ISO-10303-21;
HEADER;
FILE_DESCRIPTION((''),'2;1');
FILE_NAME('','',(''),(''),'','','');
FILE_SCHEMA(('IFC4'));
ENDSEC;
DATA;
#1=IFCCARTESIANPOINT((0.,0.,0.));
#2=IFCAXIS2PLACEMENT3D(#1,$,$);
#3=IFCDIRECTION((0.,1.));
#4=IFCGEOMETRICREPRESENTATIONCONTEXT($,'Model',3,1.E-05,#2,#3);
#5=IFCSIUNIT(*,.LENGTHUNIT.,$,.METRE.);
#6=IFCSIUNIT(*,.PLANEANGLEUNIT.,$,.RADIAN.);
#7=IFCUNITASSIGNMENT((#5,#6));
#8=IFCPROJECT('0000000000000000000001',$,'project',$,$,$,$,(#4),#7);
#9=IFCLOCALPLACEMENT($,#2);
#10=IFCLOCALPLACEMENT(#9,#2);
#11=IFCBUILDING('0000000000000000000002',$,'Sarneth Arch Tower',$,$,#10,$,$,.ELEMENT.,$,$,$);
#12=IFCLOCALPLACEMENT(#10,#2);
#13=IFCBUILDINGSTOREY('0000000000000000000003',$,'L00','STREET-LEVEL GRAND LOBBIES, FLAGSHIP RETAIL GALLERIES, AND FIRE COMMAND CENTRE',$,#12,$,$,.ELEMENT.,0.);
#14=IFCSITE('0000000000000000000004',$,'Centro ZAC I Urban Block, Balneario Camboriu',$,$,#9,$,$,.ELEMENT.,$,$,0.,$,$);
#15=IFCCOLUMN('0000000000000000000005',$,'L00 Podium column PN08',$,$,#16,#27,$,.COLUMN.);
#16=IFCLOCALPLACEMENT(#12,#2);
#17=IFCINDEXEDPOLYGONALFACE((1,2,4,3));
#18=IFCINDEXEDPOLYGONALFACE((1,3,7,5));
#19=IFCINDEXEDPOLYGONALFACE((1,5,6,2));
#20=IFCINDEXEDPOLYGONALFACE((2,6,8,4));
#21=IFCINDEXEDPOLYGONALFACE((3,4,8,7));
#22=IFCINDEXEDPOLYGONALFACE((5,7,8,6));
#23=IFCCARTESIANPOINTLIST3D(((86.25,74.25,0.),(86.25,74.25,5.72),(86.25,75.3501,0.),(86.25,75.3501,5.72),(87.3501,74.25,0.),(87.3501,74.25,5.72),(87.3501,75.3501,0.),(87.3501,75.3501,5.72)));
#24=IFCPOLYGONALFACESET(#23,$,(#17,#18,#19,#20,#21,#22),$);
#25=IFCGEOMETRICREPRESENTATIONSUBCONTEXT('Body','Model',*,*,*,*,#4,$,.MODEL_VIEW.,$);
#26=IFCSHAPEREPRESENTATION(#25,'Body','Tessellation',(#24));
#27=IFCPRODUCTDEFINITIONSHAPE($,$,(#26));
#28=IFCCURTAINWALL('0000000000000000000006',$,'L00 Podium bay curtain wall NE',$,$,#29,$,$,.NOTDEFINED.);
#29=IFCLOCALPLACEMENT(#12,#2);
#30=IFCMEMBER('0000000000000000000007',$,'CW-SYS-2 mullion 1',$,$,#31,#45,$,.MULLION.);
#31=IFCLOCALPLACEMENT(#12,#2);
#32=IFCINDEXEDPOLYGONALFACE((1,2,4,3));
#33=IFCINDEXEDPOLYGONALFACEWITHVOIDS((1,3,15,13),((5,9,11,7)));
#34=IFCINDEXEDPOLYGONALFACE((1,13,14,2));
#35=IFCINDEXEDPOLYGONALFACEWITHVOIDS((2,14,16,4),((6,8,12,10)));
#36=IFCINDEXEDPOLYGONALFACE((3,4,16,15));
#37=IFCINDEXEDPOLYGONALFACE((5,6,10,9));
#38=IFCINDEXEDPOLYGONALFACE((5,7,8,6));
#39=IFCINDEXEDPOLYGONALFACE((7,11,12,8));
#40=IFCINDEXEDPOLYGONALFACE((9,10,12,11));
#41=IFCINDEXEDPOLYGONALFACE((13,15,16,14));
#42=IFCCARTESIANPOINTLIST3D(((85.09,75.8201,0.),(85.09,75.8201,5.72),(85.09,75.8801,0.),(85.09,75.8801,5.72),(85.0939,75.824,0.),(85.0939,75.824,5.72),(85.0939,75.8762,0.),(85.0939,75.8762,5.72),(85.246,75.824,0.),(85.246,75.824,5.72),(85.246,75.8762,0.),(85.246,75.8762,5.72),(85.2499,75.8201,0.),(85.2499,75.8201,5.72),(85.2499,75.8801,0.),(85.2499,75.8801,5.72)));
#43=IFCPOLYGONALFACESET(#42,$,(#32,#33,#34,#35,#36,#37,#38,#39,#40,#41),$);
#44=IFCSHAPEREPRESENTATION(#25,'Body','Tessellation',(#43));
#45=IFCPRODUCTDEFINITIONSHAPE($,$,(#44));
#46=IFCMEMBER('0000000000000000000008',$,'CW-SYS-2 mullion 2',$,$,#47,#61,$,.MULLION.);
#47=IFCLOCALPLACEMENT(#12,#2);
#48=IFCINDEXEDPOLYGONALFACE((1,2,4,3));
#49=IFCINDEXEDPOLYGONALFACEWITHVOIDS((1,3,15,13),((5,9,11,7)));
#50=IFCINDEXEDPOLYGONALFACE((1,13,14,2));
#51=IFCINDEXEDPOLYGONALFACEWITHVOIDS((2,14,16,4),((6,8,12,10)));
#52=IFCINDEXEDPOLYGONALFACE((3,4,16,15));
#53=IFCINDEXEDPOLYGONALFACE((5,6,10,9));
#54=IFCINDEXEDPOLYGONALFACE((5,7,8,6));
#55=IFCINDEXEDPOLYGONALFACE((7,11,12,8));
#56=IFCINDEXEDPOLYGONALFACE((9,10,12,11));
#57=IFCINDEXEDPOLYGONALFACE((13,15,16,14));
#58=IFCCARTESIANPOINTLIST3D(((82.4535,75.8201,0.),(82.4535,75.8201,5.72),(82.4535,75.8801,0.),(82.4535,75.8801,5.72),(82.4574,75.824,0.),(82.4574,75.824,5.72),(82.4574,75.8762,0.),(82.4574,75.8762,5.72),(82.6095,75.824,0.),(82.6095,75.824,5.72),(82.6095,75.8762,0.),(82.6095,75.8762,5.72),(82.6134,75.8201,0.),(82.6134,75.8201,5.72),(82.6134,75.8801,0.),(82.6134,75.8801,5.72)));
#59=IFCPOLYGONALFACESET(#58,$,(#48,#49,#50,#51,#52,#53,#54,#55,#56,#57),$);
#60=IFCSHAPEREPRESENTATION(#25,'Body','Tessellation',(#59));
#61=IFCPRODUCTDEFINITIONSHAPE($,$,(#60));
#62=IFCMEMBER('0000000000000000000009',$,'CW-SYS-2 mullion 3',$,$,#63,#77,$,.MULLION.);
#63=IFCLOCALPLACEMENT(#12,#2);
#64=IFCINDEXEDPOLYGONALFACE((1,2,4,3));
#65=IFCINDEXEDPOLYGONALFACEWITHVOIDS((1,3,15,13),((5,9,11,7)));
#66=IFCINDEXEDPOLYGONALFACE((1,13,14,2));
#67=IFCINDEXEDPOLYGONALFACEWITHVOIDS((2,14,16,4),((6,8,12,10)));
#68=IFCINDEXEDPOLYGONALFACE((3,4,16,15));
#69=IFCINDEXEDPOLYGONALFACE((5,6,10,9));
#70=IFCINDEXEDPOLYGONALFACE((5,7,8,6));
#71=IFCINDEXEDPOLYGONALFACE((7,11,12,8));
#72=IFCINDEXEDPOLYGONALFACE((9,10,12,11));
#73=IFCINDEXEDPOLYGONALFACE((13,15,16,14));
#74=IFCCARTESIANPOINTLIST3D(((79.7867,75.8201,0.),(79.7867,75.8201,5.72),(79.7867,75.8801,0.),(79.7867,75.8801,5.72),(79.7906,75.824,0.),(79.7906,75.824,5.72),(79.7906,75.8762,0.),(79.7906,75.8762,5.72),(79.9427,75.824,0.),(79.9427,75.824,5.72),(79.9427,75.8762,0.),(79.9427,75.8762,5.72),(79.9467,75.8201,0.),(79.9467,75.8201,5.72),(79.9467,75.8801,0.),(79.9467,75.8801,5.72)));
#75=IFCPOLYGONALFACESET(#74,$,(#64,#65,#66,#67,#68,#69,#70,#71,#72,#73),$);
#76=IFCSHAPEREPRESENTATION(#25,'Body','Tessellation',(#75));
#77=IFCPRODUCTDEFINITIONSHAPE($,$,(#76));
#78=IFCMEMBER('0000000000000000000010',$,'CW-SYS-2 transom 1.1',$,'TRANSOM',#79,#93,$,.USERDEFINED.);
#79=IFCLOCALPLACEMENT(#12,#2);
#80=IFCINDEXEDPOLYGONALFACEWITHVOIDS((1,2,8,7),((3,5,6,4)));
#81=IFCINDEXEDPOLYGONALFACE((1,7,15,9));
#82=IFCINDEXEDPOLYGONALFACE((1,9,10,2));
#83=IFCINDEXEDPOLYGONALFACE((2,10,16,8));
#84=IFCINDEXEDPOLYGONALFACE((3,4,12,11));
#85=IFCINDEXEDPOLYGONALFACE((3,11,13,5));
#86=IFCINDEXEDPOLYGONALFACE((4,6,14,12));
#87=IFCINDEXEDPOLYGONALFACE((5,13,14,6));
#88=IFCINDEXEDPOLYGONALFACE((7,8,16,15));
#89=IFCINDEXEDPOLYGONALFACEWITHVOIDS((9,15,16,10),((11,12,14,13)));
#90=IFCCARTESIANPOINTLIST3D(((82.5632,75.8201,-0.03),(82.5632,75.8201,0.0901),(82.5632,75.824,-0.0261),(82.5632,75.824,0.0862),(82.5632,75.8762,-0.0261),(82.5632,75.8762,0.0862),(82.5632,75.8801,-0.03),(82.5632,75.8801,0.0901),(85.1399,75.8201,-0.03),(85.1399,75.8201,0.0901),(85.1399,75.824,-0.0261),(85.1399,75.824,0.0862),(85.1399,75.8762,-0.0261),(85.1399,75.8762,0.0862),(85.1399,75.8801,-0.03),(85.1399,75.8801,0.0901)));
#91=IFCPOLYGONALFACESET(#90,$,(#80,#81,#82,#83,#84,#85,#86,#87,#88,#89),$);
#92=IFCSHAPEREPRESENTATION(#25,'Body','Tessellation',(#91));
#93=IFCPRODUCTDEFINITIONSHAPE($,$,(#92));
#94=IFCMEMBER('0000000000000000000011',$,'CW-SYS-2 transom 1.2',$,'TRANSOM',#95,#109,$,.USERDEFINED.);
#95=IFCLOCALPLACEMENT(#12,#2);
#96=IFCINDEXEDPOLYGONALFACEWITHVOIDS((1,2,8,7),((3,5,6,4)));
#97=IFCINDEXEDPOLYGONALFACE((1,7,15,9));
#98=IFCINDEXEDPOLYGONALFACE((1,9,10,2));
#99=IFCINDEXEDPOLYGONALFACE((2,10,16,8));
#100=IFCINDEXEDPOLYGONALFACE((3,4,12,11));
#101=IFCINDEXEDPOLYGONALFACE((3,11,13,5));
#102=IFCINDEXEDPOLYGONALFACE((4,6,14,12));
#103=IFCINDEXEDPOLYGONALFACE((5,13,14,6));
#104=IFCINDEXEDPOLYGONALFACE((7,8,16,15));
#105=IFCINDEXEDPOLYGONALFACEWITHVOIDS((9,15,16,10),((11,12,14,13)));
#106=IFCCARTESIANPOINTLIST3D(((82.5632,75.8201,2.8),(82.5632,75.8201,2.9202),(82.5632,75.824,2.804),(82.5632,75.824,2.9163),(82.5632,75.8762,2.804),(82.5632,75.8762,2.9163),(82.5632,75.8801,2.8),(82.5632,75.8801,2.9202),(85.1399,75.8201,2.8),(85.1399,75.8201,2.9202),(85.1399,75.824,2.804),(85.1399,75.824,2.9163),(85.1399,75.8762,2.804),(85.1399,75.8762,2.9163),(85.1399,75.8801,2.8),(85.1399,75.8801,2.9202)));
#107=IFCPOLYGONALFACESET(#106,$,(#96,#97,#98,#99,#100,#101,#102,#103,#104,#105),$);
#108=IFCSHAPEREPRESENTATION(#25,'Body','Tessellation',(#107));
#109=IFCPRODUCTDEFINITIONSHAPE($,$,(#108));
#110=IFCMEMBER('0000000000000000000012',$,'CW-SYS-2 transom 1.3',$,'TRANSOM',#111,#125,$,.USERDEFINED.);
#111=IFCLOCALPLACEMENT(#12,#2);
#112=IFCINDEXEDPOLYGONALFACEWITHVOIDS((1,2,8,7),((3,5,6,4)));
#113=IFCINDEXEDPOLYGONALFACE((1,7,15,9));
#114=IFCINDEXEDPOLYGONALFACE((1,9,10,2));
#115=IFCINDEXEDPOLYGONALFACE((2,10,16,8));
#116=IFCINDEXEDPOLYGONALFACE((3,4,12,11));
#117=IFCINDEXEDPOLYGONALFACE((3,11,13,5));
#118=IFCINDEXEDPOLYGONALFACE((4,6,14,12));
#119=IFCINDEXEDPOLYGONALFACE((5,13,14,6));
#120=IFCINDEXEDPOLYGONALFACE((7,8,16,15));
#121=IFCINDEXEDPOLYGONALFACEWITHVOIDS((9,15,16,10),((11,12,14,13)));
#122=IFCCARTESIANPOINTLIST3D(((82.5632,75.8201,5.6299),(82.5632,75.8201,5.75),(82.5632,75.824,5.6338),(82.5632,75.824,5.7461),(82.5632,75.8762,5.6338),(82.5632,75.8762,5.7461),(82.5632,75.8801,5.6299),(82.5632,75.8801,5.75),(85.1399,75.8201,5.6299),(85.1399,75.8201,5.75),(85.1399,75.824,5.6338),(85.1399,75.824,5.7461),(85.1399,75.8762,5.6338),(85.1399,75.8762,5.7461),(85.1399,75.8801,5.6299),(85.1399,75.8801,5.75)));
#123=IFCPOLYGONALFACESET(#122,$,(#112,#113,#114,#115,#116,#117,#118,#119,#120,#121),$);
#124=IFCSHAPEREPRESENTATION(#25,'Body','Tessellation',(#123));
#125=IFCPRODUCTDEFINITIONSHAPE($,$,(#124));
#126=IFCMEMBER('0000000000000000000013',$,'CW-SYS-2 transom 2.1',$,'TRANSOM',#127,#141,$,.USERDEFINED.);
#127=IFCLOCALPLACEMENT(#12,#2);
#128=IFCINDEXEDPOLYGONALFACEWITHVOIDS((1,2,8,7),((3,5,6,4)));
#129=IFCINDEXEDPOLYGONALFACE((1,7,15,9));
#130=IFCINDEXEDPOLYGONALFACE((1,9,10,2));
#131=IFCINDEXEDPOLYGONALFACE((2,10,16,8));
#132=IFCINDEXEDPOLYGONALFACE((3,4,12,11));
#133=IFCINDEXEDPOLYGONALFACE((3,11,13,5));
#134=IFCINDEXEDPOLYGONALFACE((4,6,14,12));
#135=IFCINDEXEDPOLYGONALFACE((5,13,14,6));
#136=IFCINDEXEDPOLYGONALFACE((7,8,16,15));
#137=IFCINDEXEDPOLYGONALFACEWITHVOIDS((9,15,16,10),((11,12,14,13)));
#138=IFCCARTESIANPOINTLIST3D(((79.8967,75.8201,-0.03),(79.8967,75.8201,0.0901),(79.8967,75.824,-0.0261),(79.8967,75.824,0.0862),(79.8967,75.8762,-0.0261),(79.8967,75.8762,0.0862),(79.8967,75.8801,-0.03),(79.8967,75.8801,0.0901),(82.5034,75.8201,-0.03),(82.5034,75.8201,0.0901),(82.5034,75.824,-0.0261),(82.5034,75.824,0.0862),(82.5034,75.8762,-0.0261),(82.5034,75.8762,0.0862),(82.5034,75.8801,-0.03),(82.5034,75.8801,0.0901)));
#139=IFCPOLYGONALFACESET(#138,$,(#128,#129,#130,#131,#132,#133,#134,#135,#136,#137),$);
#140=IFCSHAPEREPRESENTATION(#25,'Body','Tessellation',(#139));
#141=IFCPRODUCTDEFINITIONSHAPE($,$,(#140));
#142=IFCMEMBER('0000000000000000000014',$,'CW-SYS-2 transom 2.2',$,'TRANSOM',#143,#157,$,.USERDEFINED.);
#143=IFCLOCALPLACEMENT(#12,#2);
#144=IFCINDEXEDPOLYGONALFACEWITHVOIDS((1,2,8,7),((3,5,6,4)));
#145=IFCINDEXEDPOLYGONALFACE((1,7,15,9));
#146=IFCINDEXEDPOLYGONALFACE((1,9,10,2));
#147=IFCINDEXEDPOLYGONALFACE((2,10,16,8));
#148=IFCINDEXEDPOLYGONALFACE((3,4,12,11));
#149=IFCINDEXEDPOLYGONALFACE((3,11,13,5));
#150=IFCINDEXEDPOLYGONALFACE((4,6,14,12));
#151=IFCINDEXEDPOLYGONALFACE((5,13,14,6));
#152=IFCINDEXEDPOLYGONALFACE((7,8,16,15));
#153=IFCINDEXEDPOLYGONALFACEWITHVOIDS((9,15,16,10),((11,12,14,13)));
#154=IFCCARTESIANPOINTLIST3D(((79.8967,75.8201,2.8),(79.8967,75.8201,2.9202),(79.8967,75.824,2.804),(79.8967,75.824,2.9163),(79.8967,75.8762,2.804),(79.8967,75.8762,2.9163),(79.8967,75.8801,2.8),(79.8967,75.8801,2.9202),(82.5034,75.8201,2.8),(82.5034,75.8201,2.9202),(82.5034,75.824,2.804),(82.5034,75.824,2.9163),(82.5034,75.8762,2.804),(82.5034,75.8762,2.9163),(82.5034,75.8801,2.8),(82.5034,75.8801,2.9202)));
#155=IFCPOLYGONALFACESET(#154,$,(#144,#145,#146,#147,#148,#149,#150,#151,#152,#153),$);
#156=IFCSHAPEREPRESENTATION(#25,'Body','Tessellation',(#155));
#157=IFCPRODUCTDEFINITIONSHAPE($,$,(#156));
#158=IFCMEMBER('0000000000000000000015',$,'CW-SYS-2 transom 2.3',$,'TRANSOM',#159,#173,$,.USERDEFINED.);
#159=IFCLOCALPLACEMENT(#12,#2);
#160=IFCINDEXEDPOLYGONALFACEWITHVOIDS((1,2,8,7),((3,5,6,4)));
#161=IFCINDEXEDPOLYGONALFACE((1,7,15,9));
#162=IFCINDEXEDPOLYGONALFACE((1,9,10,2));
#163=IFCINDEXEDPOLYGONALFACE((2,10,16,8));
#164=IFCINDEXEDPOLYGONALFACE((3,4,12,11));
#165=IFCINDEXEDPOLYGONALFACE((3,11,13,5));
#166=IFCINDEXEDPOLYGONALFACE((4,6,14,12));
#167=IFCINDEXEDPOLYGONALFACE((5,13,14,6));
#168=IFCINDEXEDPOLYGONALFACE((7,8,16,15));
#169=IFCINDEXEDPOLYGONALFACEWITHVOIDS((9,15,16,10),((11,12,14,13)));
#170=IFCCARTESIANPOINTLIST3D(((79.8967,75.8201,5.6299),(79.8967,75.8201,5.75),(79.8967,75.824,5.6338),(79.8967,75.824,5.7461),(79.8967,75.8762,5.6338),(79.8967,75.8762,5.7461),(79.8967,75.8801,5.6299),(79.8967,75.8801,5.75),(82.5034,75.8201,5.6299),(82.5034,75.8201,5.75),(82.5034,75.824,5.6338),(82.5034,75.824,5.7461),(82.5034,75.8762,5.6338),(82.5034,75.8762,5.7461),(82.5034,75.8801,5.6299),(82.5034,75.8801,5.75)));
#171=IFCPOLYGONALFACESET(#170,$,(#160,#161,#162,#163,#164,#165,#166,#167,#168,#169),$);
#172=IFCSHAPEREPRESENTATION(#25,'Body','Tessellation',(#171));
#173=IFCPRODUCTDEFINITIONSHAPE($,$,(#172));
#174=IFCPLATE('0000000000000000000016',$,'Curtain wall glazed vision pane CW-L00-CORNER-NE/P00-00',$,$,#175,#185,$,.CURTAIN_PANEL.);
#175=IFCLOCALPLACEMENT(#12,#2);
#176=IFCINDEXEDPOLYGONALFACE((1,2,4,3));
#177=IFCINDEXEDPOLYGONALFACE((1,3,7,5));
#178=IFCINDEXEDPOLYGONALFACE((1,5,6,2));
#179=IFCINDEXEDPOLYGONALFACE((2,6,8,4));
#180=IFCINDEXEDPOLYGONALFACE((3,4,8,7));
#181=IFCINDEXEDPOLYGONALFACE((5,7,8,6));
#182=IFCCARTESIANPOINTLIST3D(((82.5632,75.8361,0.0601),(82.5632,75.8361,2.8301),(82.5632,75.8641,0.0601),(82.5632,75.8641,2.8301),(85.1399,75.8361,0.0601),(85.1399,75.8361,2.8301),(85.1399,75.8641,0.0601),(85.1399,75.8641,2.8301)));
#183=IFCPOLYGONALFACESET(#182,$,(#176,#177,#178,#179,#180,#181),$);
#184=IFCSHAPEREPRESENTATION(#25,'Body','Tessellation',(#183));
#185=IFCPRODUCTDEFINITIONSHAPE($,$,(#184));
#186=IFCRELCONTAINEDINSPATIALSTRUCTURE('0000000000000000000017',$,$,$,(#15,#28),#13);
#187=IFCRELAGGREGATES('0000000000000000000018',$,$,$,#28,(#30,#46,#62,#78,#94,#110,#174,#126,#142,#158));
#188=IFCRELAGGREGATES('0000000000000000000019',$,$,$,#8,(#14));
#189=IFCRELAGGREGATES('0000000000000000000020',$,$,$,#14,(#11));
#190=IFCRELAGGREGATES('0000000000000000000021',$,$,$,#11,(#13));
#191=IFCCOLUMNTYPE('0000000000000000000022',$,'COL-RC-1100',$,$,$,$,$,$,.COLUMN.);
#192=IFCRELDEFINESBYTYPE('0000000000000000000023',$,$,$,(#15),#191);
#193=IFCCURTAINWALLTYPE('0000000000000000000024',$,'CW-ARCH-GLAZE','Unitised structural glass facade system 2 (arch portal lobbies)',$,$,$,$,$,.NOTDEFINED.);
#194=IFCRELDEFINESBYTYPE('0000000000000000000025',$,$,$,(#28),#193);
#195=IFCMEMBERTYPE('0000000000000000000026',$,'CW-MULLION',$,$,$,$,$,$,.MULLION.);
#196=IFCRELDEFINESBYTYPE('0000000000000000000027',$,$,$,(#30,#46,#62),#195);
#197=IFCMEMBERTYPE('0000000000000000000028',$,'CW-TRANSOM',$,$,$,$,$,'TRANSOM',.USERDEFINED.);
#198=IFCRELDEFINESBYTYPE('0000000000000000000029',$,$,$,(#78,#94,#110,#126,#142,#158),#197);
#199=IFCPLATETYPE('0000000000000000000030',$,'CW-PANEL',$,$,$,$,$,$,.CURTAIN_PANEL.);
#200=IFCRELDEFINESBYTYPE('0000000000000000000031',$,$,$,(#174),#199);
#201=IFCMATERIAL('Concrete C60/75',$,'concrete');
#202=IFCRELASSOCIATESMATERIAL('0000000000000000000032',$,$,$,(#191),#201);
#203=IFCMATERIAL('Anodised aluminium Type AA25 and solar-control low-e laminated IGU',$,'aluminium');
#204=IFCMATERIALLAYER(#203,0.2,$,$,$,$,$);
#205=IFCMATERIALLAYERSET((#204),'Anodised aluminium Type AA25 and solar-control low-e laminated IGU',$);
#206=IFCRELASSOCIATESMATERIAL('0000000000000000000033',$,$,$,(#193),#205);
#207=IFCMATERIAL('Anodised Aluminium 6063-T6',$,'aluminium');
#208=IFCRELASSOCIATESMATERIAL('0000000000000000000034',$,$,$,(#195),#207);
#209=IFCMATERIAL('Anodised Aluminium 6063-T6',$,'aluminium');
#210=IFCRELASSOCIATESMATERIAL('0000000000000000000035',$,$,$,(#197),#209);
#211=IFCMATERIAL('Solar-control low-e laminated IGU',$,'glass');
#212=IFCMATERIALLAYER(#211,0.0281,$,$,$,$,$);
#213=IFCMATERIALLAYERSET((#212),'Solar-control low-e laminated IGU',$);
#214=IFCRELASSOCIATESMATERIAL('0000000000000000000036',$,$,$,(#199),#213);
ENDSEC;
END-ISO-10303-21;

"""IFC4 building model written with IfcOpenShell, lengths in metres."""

from ifc_helpers import new_model, si_unit, direction, frame, origin, origin_2d, place, context, subcontext, project, spatial, rectangle, hollow_rectangle, extrude, material, layer, layer_set, material_profile, profile_set, type_object, element, aggregate, save


model = new_model("IFC4")

# Units and contexts
model_context = context("Model", 3, precision=1e-05, world=origin(), true_north=direction((0.0, 1.0)))
body_context = subcontext(model_context, "Body", "Model", "MODEL_VIEW")
ifc_project = project(units=[si_unit("LENGTHUNIT", "METRE"), si_unit("PLANEANGLEUNIT", "RADIAN")], contexts=[model_context])

# Site, building, storey
site_placement = place(None, origin())
site = spatial("IfcSite", under=ifc_project, at=site_placement, Name="Centro ZAC I Urban Block, Balneario Camboriu", CompositionType="ELEMENT", RefElevation=0.0)
building_placement = place(site_placement, origin())
building = spatial("IfcBuilding", under=site, at=building_placement, Name="Sarneth Arch Tower", CompositionType="ELEMENT")
storey_placement = place(building_placement, origin())
storey = spatial("IfcBuildingStorey", under=building, at=storey_placement, Name="L00", Description="STREET-LEVEL GRAND LOBBIES, FLAGSHIP RETAIL GALLERIES, AND FIRE COMMAND CENTRE", CompositionType="ELEMENT", Elevation=0.0)

# Column
ifc_material_1 = material(Name="Concrete C60/75", Category="concrete")
ifc_material_profile_1 = material_profile(ifc_material_1, rectangle(XDim=1.1001, YDim=1.1001, at=origin_2d()), Name="RC-1100x1100")
ifc_profile_set_1 = profile_set([ifc_material_profile_1], Name="Concrete C60/75")
column_type = type_object("IfcColumnType", Name="COL-RC-1100", PredefinedType="COLUMN", material=ifc_profile_set_1)
column_placement = place(storey_placement, frame((86.8, 74.8, 0.0), z_axis=(0.0, 0.0, 1.0), x_axis=(1.0, 0.0, 0.0)))
element("IfcColumn", 1, at=column_placement, inside=storey, type_object=column_type, Name="L00 Podium column PN08", PredefinedType="COLUMN", context=body_context, shape_type="SweptSolid", body=[
    extrude(rectangle(XDim=1.1001, YDim=1.1001, at=origin_2d()), origin(), (0.0, 0.0, 1.0), 5.72),
])

# Curtain wall, members, plate
ifc_material_2 = material(Name="Anodised aluminium Type AA25 and solar-control low-e laminated IGU", Category="aluminium")
ifc_layer_1 = layer(ifc_material_2, 0.2)
ifc_layer_set_1 = layer_set([ifc_layer_1], Name="Anodised aluminium Type AA25 and solar-control low-e laminated IGU")
curtain_wall_type = type_object("IfcCurtainWallType", Name="CW-ARCH-GLAZE", Description="Unitised structural glass facade system 2 (arch portal lobbies)", PredefinedType="NOTDEFINED", material=ifc_layer_set_1)
curtain_wall_placement = place(storey_placement, origin())
curtain_wall = element("IfcCurtainWall", 2, at=curtain_wall_placement, inside=storey, type_object=curtain_wall_type, Name="L00 Podium bay curtain wall NE", PredefinedType="NOTDEFINED")
ifc_material_3 = material(Name="Anodised Aluminium 6063-T6", Category="aluminium")
ifc_material_profile_2 = material_profile(ifc_material_3, hollow_rectangle(XDim=0.0601, YDim=0.1599, WallThickness=0.0039, at=origin_2d()), Name="AL-MULL-160x60x4")
ifc_profile_set_2 = profile_set([ifc_material_profile_2], Name="Anodised Aluminium 6063-T6")
member_type_1 = type_object("IfcMemberType", Name="CW-MULLION", PredefinedType="MULLION", material=ifc_profile_set_2)
member_1_placement = place(storey_placement, frame((85.1699, 75.8501, 0.0), z_axis=(0.0, 0.0, 1.0), x_axis=(0.0, -1.0, 0.0)))
member_1 = element("IfcMember", 3, at=member_1_placement, type_object=member_type_1, Name="CW-SYS-2 mullion 1", PredefinedType="MULLION", context=body_context, shape_type="SweptSolid", body=[
    extrude(hollow_rectangle(XDim=0.0601, YDim=0.1599, WallThickness=0.0039, at=origin_2d()), origin(), (0.0, 0.0, 1.0), 5.72),
])
member_2_placement = place(storey_placement, frame((82.5334, 75.8501, 0.0), z_axis=(0.0, 0.0, 1.0), x_axis=(0.0, -1.0, 0.0)))
member_2 = element("IfcMember", 4, at=member_2_placement, type_object=member_type_1, Name="CW-SYS-2 mullion 2", PredefinedType="MULLION", context=body_context, shape_type="SweptSolid", body=[
    extrude(hollow_rectangle(XDim=0.0601, YDim=0.1599, WallThickness=0.0039, at=origin_2d()), origin(), (0.0, 0.0, 1.0), 5.72),
])
member_3_placement = place(storey_placement, frame((79.8667, 75.8501, 0.0), z_axis=(0.0, 0.0, 1.0), x_axis=(0.0, -1.0, 0.0)))
member_3 = element("IfcMember", 5, at=member_3_placement, type_object=member_type_1, Name="CW-SYS-2 mullion 3", PredefinedType="MULLION", context=body_context, shape_type="SweptSolid", body=[
    extrude(hollow_rectangle(XDim=0.0601, YDim=0.1599, WallThickness=0.0039, at=origin_2d()), origin(), (0.0, 0.0, 1.0), 5.72),
])
ifc_material_4 = material(Name="Anodised Aluminium 6063-T6", Category="aluminium")
ifc_material_profile_3 = material_profile(ifc_material_4, hollow_rectangle(XDim=0.0601, YDim=0.1201, WallThickness=0.0039, at=origin_2d()), Name="AL-TRAN-120x60x4")
ifc_profile_set_3 = profile_set([ifc_material_profile_3], Name="Anodised Aluminium 6063-T6")
member_type_2 = type_object("IfcMemberType", Name="CW-TRANSOM", ElementType="TRANSOM", PredefinedType="USERDEFINED", material=ifc_profile_set_3)
member_4_placement = place(storey_placement, frame((85.1399, 75.8501, 0.03), z_axis=(-1.0, 0.0, 0.0), x_axis=(0.0, -1.0, 0.0)))
member_4 = element("IfcMember", 6, at=member_4_placement, type_object=member_type_2, Name="CW-SYS-2 transom 1.1", ObjectType="TRANSOM", PredefinedType="USERDEFINED", context=body_context, shape_type="SweptSolid", body=[
    extrude(hollow_rectangle(XDim=0.0601, YDim=0.1201, WallThickness=0.0039, at=origin_2d()), origin(), (0.0, 0.0, 1.0), 2.5767),
])
member_5_placement = place(storey_placement, frame((85.1399, 75.8501, 2.8601), z_axis=(-1.0, 0.0, 0.0), x_axis=(0.0, -1.0, 0.0)))
member_5 = element("IfcMember", 7, at=member_5_placement, type_object=member_type_2, Name="CW-SYS-2 transom 1.2", ObjectType="TRANSOM", PredefinedType="USERDEFINED", context=body_context, shape_type="SweptSolid", body=[
    extrude(hollow_rectangle(XDim=0.0601, YDim=0.1201, WallThickness=0.0039, at=origin_2d()), origin(), (0.0, 0.0, 1.0), 2.5767),
])
member_6_placement = place(storey_placement, frame((85.1399, 75.8501, 5.6899), z_axis=(-1.0, 0.0, 0.0), x_axis=(0.0, -1.0, 0.0)))
member_6 = element("IfcMember", 8, at=member_6_placement, type_object=member_type_2, Name="CW-SYS-2 transom 1.3", ObjectType="TRANSOM", PredefinedType="USERDEFINED", context=body_context, shape_type="SweptSolid", body=[
    extrude(hollow_rectangle(XDim=0.0601, YDim=0.1201, WallThickness=0.0039, at=origin_2d()), origin(), (0.0, 0.0, 1.0), 2.5767),
])
member_7_placement = place(storey_placement, frame((82.5034, 75.8501, 0.03), z_axis=(-1.0, 0.0, 0.0), x_axis=(0.0, -1.0, 0.0)))
member_7 = element("IfcMember", 9, at=member_7_placement, type_object=member_type_2, Name="CW-SYS-2 transom 2.1", ObjectType="TRANSOM", PredefinedType="USERDEFINED", context=body_context, shape_type="SweptSolid", body=[
    extrude(hollow_rectangle(XDim=0.0601, YDim=0.1201, WallThickness=0.0039, at=origin_2d()), origin(), (0.0, 0.0, 1.0), 2.6067),
])
member_8_placement = place(storey_placement, frame((82.5034, 75.8501, 2.8601), z_axis=(-1.0, 0.0, 0.0), x_axis=(0.0, -1.0, 0.0)))
member_8 = element("IfcMember", 10, at=member_8_placement, type_object=member_type_2, Name="CW-SYS-2 transom 2.2", ObjectType="TRANSOM", PredefinedType="USERDEFINED", context=body_context, shape_type="SweptSolid", body=[
    extrude(hollow_rectangle(XDim=0.0601, YDim=0.1201, WallThickness=0.0039, at=origin_2d()), origin(), (0.0, 0.0, 1.0), 2.6067),
])
member_9_placement = place(storey_placement, frame((82.5034, 75.8501, 5.6899), z_axis=(-1.0, 0.0, 0.0), x_axis=(0.0, -1.0, 0.0)))
member_9 = element("IfcMember", 11, at=member_9_placement, type_object=member_type_2, Name="CW-SYS-2 transom 2.3", ObjectType="TRANSOM", PredefinedType="USERDEFINED", context=body_context, shape_type="SweptSolid", body=[
    extrude(hollow_rectangle(XDim=0.0601, YDim=0.1201, WallThickness=0.0039, at=origin_2d()), origin(), (0.0, 0.0, 1.0), 2.6067),
])
ifc_material_5 = material(Name="Solar-control low-e laminated IGU", Category="glass")
ifc_layer_2 = layer(ifc_material_5, 0.0281)
ifc_layer_set_2 = layer_set([ifc_layer_2], Name="Solar-control low-e laminated IGU")
plate_type = type_object("IfcPlateType", Name="CW-PANEL", PredefinedType="CURTAIN_PANEL", material=ifc_layer_set_2)
plate_1_placement = place(storey_placement, frame((83.8516, 75.8501, 0.0601), z_axis=(0.0, 0.0, 1.0), x_axis=(-1.0, 0.0, 0.0)))
plate_1 = element("IfcPlate", 12, at=plate_1_placement, type_object=plate_type, Name="Curtain wall glazed vision pane CW-L00-CORNER-NE/P00-00", PredefinedType="CURTAIN_PANEL", context=body_context, shape_type="SweptSolid", body=[
    extrude(rectangle(XDim=2.5767, YDim=0.0281, at=origin_2d()), origin(), (0.0, 0.0, 1.0), 2.77),
])
aggregate(curtain_wall, [member_1, member_2, member_3, member_4, member_5, member_6, plate_1, member_7, member_8, member_9])

save(model, "model.ifc")
